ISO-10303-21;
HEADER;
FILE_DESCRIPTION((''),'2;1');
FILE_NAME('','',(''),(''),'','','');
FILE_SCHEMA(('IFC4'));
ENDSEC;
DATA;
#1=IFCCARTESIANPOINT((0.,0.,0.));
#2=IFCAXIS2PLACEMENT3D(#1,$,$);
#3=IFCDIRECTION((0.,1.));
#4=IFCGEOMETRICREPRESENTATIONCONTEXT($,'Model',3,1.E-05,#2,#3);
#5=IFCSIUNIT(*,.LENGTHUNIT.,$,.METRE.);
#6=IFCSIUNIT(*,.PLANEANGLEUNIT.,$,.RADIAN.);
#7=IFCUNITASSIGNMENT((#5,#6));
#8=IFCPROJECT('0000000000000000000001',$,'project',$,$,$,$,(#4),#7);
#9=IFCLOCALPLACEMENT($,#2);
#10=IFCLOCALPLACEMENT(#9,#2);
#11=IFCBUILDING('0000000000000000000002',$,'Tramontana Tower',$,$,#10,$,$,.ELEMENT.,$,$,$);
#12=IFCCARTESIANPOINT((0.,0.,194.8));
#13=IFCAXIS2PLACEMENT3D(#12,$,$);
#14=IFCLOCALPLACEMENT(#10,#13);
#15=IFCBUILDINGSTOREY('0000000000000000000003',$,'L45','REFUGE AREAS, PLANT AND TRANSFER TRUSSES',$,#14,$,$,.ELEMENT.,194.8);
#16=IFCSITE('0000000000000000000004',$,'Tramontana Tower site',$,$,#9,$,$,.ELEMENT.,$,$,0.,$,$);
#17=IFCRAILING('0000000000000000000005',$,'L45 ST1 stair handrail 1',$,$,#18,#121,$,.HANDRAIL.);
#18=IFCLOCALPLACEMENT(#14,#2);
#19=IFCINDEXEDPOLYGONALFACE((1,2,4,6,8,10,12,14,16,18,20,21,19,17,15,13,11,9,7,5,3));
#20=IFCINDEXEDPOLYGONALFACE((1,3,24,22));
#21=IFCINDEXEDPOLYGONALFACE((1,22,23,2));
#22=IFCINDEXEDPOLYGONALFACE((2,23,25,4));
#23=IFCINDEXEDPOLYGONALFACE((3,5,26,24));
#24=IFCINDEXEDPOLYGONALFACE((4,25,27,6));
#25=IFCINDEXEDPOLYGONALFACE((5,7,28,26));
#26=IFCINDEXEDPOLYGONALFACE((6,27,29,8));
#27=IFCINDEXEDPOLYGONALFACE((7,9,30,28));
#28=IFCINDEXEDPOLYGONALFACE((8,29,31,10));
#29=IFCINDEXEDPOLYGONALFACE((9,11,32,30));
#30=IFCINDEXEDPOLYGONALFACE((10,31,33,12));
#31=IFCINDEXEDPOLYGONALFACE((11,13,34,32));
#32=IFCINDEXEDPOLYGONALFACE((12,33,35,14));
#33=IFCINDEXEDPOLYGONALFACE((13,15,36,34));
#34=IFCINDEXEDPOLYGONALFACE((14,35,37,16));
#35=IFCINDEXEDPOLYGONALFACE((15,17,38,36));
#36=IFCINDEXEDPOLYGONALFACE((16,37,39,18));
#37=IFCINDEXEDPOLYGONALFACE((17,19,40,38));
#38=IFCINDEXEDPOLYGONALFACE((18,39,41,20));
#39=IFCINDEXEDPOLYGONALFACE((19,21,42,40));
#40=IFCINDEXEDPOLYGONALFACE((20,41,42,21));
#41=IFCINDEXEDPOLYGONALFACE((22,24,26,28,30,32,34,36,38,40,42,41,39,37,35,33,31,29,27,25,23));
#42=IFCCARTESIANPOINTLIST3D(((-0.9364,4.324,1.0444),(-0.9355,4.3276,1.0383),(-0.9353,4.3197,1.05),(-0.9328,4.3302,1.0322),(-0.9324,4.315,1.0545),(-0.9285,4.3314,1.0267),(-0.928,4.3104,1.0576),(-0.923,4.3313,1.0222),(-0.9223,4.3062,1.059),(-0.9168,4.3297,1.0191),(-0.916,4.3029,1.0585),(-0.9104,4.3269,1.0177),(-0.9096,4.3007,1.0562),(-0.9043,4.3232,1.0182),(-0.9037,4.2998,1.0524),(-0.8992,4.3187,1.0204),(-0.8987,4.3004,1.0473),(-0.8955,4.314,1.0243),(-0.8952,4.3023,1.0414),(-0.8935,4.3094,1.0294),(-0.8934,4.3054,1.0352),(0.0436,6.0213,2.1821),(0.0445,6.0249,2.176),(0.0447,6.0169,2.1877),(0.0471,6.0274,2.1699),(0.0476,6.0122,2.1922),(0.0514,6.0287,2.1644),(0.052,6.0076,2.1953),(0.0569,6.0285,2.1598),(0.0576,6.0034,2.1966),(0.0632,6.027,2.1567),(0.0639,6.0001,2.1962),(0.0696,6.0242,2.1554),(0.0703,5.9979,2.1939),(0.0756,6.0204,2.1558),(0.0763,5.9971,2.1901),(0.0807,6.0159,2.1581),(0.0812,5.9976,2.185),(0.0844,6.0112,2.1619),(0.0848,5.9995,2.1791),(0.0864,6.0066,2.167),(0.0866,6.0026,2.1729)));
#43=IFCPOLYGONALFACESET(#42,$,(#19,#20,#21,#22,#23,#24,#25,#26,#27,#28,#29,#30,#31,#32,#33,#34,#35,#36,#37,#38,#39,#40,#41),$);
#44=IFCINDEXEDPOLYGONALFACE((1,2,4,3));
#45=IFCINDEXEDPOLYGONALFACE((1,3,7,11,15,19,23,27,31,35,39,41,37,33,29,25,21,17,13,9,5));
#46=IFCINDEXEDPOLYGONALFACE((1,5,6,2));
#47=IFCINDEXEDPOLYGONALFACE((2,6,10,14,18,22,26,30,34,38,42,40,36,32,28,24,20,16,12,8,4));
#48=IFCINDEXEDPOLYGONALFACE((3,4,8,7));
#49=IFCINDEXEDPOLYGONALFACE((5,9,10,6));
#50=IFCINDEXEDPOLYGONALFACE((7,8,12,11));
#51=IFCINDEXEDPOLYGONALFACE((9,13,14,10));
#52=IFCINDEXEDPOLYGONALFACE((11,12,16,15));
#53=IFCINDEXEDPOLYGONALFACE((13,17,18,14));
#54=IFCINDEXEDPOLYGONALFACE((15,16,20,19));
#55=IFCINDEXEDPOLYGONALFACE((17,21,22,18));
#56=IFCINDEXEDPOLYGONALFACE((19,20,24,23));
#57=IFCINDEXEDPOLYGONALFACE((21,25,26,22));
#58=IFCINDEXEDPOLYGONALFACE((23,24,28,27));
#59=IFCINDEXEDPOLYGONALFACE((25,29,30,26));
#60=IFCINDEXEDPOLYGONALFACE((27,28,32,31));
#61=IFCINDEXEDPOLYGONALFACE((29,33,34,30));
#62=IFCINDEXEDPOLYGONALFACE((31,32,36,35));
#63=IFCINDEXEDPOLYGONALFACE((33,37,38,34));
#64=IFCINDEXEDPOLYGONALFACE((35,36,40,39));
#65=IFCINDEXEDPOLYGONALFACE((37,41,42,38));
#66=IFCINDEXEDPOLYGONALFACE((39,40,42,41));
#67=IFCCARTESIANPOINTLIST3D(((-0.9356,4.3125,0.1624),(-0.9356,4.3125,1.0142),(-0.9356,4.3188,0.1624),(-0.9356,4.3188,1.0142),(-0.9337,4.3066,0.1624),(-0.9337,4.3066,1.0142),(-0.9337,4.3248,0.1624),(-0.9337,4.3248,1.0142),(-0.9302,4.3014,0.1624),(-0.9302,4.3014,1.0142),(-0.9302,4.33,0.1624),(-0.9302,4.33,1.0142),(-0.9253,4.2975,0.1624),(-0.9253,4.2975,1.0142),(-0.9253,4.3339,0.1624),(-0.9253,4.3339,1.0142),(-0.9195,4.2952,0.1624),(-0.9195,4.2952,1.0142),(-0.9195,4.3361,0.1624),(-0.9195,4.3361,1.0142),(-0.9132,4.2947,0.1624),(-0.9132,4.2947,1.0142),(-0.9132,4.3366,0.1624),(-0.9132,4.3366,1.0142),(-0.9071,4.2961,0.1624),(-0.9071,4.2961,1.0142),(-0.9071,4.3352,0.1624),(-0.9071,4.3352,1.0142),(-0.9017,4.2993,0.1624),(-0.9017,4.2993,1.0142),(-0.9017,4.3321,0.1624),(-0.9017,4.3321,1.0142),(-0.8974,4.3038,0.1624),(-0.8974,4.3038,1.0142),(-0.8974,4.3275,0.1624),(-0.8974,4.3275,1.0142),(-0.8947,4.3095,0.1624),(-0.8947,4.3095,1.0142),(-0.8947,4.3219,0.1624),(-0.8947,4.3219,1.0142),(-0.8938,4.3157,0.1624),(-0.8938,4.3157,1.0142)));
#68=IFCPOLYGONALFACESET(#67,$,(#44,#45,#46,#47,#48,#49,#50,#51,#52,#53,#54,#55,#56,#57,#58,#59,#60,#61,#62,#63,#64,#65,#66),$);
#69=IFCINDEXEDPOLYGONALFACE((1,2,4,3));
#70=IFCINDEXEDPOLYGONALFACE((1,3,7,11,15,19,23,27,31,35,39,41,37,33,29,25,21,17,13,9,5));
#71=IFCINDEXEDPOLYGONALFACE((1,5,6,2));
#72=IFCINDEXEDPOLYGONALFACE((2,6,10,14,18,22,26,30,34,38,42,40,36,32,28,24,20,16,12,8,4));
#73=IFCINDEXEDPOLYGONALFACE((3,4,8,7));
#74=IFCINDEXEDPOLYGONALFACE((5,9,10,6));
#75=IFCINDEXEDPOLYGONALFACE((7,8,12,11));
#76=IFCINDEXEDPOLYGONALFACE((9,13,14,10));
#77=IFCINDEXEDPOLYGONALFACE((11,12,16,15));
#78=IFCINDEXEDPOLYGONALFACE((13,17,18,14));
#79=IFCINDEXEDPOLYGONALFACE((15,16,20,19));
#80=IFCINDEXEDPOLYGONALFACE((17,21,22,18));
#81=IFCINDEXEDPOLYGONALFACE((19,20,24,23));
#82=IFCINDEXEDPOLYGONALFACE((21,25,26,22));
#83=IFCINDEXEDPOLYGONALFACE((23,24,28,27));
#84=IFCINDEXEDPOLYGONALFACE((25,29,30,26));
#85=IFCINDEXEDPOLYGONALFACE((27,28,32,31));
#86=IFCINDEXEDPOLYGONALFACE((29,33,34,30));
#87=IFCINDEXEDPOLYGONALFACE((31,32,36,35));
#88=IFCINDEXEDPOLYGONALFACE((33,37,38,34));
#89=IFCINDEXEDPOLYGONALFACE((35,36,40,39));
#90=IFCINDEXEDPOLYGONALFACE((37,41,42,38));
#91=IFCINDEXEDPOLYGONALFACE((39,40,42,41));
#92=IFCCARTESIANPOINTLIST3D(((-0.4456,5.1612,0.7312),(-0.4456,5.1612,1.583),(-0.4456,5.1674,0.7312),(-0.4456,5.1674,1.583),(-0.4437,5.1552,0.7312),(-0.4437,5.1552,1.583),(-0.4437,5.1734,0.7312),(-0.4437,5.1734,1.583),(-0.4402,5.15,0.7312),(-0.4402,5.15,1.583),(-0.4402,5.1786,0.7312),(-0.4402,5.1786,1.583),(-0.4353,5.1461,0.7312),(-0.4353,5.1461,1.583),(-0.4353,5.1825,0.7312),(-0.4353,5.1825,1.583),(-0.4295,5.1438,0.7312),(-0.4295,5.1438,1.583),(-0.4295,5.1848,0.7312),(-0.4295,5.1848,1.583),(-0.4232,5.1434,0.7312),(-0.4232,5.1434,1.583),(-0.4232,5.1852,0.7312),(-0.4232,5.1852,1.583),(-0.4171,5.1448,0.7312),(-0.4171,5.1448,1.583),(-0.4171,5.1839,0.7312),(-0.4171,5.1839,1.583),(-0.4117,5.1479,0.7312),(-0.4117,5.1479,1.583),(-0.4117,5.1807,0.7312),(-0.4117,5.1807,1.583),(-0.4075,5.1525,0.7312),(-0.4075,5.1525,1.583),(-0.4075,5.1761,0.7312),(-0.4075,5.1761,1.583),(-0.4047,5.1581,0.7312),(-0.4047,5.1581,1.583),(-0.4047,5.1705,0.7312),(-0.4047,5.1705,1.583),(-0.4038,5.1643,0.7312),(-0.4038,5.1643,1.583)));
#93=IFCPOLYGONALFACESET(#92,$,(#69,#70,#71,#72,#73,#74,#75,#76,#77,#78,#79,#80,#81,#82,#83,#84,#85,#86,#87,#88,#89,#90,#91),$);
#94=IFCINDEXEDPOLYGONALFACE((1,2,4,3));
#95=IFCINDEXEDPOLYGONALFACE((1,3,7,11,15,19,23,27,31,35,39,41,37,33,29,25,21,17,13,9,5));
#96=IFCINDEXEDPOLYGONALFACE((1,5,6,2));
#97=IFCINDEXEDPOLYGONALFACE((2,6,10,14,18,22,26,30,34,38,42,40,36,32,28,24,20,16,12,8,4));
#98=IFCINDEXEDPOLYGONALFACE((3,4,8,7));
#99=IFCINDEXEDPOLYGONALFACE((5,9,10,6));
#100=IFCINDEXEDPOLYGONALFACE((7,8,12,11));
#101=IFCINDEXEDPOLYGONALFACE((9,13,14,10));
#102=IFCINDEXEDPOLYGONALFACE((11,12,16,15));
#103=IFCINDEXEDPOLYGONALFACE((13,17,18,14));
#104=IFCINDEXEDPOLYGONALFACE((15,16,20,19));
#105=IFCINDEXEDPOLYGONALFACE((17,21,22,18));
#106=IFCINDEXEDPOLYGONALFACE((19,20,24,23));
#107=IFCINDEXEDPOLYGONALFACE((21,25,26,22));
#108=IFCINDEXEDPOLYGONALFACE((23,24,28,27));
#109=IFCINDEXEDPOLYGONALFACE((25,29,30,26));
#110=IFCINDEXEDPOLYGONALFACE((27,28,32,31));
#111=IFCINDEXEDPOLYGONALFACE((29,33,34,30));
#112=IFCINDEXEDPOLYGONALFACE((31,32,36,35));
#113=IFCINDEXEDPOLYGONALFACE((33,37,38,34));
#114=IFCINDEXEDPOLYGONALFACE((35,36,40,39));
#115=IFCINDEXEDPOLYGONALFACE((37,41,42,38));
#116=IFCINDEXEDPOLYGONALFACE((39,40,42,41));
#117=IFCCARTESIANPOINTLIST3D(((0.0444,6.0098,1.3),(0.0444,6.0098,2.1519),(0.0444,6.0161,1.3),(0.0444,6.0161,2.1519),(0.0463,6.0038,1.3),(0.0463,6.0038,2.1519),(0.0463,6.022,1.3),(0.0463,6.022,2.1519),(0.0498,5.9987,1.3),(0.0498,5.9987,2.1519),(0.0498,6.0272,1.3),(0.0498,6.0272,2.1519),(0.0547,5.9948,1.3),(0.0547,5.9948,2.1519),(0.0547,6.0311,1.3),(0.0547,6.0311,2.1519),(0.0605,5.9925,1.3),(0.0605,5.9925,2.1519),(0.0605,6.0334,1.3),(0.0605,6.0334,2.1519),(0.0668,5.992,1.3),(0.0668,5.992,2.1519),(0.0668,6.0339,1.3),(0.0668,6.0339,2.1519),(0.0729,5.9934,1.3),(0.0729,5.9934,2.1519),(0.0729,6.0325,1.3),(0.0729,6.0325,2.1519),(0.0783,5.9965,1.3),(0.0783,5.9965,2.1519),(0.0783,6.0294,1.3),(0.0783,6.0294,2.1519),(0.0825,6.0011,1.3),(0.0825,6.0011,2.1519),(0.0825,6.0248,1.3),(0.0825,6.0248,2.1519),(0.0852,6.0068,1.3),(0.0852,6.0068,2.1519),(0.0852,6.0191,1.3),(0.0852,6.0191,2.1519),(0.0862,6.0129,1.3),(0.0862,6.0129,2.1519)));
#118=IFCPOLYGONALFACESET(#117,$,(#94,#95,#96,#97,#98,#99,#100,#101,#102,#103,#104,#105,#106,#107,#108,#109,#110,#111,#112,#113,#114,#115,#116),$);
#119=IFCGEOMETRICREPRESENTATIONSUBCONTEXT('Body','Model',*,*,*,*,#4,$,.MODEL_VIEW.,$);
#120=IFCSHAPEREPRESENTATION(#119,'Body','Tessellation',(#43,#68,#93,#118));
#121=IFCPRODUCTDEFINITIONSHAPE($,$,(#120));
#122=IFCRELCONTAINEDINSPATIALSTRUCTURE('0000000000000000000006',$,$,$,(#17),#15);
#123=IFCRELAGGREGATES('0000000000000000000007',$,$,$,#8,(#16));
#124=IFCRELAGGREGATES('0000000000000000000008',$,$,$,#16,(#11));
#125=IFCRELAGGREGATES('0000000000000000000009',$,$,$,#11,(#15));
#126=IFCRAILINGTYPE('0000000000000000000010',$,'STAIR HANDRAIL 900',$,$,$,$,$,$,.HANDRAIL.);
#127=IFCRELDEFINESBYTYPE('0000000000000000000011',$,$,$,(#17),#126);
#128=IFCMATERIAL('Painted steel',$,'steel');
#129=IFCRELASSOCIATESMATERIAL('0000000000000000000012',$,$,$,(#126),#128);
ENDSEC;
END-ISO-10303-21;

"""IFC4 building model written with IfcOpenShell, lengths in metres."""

from ifc_helpers import new_model, si_unit, direction, frame, origin, origin_2d, place, context, subcontext, project, spatial, circle, extrude, material, type_object, element, save


model = new_model("IFC4")

# Units and contexts
model_context = context("Model", 3, precision=1e-05, world=origin(), true_north=direction((0.0, 1.0)))
body_context = subcontext(model_context, "Body", "Model", "MODEL_VIEW")
ifc_project = project(units=[si_unit("LENGTHUNIT", "METRE"), si_unit("PLANEANGLEUNIT", "RADIAN")], contexts=[model_context])

# Site, building, storey
site_placement = place(None, origin())
site = spatial("IfcSite", under=ifc_project, at=site_placement, Name="Tramontana Tower site", CompositionType="ELEMENT", RefElevation=0.0)
building_placement = place(site_placement, origin())
building = spatial("IfcBuilding", under=site, at=building_placement, Name="Tramontana Tower", CompositionType="ELEMENT")
storey_placement = place(building_placement, frame((0.0, 0.0, 194.8)))
storey = spatial("IfcBuildingStorey", under=building, at=storey_placement, Name="L45", Description="REFUGE AREAS, PLANT AND TRANSFER TRUSSES", CompositionType="ELEMENT", Elevation=194.8)

# Railing
ifc_material_1 = material(Name="Painted steel", Category="steel")
railing_type = type_object("IfcRailingType", Name="STAIR HANDRAIL 900", PredefinedType="HANDRAIL", material=ifc_material_1)
railing_1_placement = place(storey_placement, frame((-0.9148, 4.3157, 0.1624)))
element("IfcRailing", 1, at=railing_1_placement, inside=storey, type_object=railing_type, Name="L45 ST1 stair handrail 1", PredefinedType="HANDRAIL", context=body_context, shape_type="SweptSolid", body=[
    extrude(circle(Radius=0.0239, at=origin_2d()), frame((0.0, 0.0, 0.876), z_axis=(0.432443, 0.748965, 0.502039), x_axis=(-0.866011, 0.500024, 0.0)), (0.0, 0.0, 1.0), 2.2661),
    extrude(circle(Radius=0.021, at=origin_2d()), origin(), (0.0, 0.0, 1.0), 0.8518),
    extrude(circle(Radius=0.021, at=origin_2d()), frame((0.49, 0.8486, 0.5688)), (0.0, 0.0, 1.0), 0.8518),
    extrude(circle(Radius=0.021, at=origin_2d()), frame((0.98, 1.6973, 1.1377)), (0.0, 0.0, 1.0), 0.8518),
])

save(model, "model.ifc")
